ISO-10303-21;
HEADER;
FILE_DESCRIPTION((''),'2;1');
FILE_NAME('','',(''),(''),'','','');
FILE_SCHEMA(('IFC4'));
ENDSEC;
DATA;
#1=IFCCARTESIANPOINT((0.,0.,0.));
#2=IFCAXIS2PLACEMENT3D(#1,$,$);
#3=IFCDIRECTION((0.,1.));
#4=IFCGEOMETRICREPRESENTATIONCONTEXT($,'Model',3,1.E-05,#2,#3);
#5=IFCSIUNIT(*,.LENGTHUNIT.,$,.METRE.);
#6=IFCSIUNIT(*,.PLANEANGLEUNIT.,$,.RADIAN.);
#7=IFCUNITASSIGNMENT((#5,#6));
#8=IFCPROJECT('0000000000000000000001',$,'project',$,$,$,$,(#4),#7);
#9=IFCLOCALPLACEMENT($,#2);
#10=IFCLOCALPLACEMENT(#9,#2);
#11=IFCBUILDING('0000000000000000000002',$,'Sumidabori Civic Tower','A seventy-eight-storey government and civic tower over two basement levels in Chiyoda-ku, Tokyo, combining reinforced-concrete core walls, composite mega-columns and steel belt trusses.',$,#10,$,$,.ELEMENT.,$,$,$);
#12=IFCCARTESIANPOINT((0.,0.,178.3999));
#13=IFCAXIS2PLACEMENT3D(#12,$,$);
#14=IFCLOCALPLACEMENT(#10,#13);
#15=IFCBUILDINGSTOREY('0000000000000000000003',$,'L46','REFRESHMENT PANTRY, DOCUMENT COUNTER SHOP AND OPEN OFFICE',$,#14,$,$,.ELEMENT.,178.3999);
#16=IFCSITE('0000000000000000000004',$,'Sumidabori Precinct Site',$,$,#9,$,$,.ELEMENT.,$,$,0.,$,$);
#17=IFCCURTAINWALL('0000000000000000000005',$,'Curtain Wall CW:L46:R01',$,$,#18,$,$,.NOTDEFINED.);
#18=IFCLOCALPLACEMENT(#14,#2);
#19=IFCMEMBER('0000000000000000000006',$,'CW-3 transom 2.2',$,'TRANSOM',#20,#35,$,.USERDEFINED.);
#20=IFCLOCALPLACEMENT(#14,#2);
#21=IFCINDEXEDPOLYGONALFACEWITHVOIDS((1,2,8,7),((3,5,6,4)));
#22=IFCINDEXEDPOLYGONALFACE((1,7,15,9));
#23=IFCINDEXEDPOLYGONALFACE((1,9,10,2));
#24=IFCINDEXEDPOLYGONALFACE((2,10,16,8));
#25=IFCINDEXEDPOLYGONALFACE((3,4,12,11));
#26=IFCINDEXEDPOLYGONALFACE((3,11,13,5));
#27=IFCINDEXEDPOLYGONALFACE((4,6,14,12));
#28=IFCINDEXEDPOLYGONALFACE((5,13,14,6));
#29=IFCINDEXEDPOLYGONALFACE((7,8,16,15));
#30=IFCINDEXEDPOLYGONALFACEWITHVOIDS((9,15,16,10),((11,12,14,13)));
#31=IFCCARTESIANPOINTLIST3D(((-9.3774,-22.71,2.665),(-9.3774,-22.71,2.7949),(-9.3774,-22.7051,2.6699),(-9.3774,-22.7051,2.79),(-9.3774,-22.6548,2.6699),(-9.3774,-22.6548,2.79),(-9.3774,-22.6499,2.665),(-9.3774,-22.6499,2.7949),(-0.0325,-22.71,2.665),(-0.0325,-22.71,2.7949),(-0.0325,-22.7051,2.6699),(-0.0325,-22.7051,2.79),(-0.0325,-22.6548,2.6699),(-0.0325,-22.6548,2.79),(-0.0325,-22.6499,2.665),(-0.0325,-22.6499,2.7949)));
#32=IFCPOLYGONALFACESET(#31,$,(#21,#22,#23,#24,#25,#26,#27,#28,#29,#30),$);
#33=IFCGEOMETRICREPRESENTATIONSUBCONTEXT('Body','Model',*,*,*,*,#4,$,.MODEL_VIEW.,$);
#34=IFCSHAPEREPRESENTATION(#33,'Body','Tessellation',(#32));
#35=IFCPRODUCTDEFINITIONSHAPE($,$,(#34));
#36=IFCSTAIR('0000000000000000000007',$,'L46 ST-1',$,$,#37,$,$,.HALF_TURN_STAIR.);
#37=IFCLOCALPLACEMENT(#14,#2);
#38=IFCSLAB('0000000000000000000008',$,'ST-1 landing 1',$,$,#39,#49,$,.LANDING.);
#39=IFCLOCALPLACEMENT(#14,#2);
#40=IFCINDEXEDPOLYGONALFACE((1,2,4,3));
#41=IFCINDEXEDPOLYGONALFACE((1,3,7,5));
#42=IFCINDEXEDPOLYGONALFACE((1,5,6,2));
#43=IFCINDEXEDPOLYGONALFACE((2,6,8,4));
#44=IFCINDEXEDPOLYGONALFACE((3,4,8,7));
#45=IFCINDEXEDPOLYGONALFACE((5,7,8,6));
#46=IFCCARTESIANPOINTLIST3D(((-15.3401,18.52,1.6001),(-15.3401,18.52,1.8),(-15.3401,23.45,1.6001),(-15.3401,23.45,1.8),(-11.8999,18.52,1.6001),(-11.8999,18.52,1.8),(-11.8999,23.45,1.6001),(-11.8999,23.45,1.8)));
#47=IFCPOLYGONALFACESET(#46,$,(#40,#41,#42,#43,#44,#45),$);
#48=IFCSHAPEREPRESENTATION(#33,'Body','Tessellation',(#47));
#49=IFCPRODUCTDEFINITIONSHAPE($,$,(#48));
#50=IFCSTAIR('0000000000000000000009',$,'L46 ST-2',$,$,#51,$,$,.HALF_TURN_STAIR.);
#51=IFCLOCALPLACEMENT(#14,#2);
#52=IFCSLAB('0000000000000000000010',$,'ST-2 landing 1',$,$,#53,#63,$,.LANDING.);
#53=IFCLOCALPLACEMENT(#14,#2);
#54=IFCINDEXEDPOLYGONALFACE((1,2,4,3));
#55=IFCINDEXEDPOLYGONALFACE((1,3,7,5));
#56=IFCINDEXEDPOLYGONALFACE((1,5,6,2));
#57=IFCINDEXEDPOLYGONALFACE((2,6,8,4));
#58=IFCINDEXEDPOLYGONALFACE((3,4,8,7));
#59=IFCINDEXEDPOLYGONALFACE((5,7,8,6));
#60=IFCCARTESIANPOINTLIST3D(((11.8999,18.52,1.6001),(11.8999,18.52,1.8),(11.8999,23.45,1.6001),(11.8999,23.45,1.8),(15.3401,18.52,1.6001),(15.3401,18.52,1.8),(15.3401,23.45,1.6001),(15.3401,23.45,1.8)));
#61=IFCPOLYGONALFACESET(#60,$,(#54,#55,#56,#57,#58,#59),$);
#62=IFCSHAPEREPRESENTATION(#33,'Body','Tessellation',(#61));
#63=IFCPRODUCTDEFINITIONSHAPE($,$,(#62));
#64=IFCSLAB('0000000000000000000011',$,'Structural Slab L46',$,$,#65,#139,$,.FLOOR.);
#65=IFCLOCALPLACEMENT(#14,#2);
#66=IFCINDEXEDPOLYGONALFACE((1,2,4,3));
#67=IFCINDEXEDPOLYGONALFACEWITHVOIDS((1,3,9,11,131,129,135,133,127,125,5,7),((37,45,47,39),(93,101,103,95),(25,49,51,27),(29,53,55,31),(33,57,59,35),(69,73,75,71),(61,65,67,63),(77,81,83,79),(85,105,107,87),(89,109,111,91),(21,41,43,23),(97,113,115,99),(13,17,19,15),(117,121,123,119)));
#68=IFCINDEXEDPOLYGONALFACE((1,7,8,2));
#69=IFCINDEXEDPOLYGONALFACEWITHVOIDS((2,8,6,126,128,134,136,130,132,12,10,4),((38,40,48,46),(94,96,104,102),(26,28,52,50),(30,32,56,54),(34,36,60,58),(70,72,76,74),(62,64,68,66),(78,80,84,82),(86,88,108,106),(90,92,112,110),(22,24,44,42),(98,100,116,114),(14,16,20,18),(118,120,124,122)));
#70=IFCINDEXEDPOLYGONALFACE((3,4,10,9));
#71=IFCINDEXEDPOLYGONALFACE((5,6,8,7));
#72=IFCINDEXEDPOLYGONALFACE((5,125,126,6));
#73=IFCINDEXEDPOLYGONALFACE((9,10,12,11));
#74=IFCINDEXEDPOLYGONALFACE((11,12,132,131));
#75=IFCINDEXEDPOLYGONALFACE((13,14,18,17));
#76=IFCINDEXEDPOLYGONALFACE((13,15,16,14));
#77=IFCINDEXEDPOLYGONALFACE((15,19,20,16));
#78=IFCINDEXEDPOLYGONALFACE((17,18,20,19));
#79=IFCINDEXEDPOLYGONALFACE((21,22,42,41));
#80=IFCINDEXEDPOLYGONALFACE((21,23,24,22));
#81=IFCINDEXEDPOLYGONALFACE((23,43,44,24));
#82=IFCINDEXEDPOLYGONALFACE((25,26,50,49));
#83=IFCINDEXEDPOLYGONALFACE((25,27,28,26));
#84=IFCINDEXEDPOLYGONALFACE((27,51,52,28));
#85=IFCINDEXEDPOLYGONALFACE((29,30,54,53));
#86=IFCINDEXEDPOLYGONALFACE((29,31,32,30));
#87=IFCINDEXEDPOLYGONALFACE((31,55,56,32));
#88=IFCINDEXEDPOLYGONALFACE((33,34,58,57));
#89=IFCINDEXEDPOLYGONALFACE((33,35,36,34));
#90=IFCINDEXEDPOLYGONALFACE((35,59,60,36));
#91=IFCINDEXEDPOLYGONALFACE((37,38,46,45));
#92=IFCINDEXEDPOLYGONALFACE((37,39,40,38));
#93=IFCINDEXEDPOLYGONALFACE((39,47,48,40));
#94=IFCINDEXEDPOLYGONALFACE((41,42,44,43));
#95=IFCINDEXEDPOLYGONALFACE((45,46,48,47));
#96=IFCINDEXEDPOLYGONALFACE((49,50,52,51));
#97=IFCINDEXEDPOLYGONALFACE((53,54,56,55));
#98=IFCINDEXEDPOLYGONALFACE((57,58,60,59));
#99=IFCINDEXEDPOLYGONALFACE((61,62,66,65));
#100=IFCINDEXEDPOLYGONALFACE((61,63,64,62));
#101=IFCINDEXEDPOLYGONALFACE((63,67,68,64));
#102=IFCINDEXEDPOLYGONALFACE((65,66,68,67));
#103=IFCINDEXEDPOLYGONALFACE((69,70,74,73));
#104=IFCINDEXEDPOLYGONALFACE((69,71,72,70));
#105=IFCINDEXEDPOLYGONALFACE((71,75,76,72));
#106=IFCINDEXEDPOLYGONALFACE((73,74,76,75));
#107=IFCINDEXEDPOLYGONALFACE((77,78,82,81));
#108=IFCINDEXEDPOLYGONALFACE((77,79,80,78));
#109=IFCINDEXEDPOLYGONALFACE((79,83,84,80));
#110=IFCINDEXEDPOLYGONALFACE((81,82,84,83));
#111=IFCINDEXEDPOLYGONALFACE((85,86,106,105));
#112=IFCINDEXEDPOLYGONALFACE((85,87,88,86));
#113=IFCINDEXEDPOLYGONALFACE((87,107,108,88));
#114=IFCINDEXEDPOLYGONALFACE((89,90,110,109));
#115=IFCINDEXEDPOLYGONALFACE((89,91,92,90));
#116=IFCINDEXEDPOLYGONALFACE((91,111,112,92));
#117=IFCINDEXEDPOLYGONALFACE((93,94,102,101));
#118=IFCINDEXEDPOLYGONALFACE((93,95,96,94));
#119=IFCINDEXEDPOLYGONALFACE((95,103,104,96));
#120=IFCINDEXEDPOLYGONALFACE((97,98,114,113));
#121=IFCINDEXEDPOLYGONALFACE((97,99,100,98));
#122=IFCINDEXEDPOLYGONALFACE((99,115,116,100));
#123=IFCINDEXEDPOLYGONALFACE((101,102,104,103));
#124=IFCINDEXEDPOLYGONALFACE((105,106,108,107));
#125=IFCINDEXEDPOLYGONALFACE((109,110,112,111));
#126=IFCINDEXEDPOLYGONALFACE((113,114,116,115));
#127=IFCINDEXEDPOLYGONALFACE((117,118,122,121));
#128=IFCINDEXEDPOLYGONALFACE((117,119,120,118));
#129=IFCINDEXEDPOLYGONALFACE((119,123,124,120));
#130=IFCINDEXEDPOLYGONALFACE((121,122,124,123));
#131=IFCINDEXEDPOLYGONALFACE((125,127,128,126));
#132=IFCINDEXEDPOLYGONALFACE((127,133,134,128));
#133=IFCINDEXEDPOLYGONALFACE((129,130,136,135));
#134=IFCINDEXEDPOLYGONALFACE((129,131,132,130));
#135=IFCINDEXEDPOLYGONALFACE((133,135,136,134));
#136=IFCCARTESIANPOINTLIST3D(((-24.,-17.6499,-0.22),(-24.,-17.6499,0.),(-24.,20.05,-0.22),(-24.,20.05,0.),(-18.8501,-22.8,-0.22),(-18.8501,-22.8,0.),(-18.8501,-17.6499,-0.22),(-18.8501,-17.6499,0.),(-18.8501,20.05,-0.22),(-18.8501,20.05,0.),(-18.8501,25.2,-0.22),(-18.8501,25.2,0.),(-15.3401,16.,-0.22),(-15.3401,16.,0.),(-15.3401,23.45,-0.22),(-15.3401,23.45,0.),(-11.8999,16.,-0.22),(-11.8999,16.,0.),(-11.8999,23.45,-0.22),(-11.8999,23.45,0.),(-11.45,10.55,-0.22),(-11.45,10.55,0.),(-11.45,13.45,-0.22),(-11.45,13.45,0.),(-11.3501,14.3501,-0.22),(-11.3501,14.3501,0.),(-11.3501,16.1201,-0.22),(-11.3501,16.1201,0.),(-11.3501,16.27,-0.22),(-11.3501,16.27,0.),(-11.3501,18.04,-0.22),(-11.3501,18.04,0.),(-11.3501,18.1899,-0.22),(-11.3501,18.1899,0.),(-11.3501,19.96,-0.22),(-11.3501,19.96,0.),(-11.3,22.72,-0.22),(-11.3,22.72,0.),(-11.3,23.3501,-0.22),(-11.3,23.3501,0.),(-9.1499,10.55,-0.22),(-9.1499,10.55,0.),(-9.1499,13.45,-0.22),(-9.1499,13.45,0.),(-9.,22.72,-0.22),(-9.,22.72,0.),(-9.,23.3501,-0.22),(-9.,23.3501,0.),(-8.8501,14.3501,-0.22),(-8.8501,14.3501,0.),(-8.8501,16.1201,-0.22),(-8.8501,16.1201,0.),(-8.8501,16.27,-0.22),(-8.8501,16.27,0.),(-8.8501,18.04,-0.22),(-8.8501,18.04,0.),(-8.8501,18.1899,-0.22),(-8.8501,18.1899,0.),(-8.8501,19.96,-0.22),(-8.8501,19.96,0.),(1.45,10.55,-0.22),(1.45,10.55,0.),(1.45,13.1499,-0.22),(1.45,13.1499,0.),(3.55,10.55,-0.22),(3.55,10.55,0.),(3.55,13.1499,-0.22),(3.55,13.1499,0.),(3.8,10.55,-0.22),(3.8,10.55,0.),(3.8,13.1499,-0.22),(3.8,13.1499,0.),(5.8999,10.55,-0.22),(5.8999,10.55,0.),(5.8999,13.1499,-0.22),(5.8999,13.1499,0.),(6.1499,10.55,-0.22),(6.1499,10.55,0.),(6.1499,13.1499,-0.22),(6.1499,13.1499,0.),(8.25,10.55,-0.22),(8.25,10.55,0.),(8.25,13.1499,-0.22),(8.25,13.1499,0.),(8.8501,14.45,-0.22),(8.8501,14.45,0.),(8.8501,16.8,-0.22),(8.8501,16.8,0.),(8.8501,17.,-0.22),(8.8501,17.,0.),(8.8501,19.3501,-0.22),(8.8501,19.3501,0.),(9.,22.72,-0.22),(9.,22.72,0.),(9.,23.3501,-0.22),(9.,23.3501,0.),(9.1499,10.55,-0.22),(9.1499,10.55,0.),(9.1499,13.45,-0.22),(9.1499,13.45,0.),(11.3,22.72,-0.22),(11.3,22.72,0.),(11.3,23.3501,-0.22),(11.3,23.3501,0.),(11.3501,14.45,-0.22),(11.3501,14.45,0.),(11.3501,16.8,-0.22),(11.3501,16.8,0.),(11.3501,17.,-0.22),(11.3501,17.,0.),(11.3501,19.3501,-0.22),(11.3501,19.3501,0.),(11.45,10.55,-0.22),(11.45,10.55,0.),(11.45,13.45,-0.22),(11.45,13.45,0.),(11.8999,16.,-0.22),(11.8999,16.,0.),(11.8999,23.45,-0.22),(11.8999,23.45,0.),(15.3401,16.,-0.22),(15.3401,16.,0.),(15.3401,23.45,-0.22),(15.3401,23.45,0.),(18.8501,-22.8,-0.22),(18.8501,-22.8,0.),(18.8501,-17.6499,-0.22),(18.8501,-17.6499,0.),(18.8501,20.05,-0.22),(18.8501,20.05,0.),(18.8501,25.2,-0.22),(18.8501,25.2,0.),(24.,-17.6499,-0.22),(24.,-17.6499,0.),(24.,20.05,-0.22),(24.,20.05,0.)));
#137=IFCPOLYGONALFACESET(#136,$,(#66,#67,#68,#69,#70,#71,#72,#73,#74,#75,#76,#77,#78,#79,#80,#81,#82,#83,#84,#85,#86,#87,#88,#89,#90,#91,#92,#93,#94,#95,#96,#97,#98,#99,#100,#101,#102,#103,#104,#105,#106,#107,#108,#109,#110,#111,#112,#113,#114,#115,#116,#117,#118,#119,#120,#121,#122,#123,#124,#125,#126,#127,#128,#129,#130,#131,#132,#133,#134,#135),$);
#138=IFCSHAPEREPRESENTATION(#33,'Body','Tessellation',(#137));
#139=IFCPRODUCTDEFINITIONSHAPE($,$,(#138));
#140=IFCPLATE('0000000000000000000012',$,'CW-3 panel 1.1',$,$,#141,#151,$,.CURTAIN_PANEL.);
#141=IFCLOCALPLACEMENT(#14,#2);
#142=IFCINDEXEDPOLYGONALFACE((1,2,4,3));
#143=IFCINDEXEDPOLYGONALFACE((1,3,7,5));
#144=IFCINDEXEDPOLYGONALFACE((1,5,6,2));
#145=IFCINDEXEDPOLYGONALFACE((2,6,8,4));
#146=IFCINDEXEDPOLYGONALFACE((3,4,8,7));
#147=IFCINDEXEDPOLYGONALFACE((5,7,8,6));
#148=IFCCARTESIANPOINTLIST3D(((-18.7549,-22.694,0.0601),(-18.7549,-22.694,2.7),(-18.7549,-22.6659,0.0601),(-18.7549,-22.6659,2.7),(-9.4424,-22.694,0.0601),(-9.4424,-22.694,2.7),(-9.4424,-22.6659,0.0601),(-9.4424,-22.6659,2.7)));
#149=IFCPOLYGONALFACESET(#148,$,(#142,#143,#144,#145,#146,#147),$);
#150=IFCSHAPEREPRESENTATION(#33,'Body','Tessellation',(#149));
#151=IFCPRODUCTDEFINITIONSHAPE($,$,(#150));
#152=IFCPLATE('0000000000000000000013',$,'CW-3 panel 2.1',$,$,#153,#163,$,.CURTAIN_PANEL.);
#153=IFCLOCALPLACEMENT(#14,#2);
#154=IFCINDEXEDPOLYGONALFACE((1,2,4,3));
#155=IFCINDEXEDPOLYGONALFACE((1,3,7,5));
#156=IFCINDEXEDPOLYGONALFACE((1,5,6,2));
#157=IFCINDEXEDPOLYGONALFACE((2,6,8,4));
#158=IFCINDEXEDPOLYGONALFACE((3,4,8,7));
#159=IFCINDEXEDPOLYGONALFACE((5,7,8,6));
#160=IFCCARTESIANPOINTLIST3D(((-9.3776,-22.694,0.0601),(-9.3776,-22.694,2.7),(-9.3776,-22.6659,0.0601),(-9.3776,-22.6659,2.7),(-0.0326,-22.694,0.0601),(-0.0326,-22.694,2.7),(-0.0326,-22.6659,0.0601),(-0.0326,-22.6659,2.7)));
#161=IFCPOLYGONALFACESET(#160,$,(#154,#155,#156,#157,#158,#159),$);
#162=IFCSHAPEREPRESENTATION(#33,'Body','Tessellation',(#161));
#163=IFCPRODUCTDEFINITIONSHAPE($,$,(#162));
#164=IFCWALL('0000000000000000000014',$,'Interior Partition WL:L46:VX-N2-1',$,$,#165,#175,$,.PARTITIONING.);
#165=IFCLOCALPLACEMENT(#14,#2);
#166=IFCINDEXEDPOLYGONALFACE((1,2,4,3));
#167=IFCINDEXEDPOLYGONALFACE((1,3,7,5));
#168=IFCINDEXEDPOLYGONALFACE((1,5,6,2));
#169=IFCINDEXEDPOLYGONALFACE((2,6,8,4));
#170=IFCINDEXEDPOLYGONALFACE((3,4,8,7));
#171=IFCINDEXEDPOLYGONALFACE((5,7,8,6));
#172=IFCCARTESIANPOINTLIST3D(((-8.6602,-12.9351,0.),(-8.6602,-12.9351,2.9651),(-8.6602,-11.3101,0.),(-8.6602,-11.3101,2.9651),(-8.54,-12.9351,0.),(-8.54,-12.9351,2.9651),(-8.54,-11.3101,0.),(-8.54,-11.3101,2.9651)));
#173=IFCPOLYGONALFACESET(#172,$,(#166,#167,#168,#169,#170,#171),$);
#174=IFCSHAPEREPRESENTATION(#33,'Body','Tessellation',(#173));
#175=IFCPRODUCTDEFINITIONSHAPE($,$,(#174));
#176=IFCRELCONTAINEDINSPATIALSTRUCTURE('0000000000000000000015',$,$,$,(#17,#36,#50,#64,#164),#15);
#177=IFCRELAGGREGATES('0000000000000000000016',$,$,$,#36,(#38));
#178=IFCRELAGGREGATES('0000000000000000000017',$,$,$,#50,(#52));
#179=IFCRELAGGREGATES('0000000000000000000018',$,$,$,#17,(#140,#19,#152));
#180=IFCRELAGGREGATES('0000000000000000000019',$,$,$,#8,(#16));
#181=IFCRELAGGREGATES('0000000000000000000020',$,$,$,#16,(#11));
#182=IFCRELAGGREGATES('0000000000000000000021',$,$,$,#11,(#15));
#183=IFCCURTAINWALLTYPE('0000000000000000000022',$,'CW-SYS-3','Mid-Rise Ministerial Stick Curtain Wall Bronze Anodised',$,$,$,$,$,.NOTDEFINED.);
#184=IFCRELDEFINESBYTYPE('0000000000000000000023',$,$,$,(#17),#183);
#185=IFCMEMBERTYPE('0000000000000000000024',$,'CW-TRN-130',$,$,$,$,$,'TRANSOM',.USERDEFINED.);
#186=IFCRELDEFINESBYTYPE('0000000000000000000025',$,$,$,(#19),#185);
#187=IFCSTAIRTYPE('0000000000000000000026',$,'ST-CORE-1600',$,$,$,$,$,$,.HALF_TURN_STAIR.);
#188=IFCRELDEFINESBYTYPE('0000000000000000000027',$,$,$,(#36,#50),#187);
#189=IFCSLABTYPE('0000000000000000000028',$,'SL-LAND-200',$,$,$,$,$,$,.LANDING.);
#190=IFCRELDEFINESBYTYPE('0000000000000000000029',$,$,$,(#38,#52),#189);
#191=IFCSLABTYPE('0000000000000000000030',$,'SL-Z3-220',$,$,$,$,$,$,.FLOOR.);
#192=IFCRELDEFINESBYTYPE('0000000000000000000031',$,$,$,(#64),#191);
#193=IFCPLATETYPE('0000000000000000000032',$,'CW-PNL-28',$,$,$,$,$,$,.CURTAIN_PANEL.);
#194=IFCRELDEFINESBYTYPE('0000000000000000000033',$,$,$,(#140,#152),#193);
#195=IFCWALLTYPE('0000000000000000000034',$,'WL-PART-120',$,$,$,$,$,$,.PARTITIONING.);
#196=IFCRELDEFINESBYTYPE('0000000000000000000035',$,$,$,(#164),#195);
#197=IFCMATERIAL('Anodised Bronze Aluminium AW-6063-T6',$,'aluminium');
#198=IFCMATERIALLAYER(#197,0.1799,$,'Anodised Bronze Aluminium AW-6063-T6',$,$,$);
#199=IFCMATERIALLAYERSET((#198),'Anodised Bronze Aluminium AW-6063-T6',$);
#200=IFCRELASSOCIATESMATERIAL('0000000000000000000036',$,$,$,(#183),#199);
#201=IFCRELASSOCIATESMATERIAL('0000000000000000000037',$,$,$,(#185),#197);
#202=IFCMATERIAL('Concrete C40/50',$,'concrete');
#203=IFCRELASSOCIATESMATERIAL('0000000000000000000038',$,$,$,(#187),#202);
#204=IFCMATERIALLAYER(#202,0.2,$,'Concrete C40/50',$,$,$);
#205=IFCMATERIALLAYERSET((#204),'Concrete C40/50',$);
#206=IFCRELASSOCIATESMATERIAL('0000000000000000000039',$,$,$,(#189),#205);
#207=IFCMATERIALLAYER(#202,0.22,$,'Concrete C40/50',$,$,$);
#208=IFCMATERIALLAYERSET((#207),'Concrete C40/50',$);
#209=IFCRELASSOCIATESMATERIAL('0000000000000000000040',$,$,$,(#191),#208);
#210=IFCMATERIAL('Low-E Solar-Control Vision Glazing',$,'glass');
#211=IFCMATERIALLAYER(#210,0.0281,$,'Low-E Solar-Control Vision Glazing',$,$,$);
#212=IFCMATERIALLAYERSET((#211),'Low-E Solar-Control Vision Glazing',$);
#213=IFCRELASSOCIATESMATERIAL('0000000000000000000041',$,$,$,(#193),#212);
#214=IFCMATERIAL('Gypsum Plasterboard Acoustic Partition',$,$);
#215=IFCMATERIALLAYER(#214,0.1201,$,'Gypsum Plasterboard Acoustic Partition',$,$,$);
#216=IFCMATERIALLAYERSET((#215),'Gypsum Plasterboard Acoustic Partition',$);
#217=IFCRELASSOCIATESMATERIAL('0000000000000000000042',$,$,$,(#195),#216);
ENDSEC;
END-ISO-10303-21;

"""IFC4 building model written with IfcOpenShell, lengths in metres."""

from ifc_helpers import new_model, si_unit, direction, frame, frame_2d, origin, origin_2d, place, context, subcontext, project, spatial, polyline, rectangle, hollow_rectangle, outline, extrude, source, transform, mapped, material, layer, layer_set, material_profile, profile_set, type_object, element, aggregate, save


model = new_model("IFC4")

# Units and contexts
model_context = context("Model", 3, precision=1e-05, world=origin(), true_north=direction((0.0, 1.0)))
body_context = subcontext(model_context, "Body", "Model", "MODEL_VIEW")
ifc_project = project(units=[si_unit("LENGTHUNIT", "METRE"), si_unit("PLANEANGLEUNIT", "RADIAN")], contexts=[model_context])

# Site, building, storey
site_placement = place(None, origin())
site = spatial("IfcSite", under=ifc_project, at=site_placement, Name="Sumidabori Precinct Site", CompositionType="ELEMENT", RefElevation=0.0)
building_placement = place(site_placement, origin())
building = spatial("IfcBuilding", under=site, at=building_placement, Name="Sumidabori Civic Tower", Description="A seventy-eight-storey government and civic tower over two basement levels in Chiyoda-ku, Tokyo, combining reinforced-concrete core walls, composite mega-columns and steel belt trusses.", CompositionType="ELEMENT")
storey_placement = place(building_placement, frame((0.0, 0.0, 178.3999)))
storey = spatial("IfcBuildingStorey", under=building, at=storey_placement, Name="L46", Description="REFRESHMENT PANTRY, DOCUMENT COUNTER SHOP AND OPEN OFFICE", CompositionType="ELEMENT", Elevation=178.3999)

# Curtain wall, member
ifc_material_1 = material(Name="Anodised Bronze Aluminium AW-6063-T6", Category="aluminium")
ifc_layer_1 = layer(ifc_material_1, 0.1799, Name="Anodised Bronze Aluminium AW-6063-T6")
ifc_layer_set_1 = layer_set([ifc_layer_1], Name="Anodised Bronze Aluminium AW-6063-T6")
curtain_wall_type = type_object("IfcCurtainWallType", Name="CW-SYS-3", Description="Mid-Rise Ministerial Stick Curtain Wall Bronze Anodised", PredefinedType="NOTDEFINED", material=ifc_layer_set_1)
curtain_wall_placement = place(storey_placement, origin())
curtain_wall = element("IfcCurtainWall", 1, at=curtain_wall_placement, inside=storey, type_object=curtain_wall_type, Name="Curtain Wall CW:L46:R01", PredefinedType="NOTDEFINED")
ifc_material_profile_1 = material_profile(ifc_material_1, hollow_rectangle(XDim=0.0601, YDim=0.1299, WallThickness=0.0049, at=origin_2d()), Name="ALU TRANSOM 130x60")
ifc_profile_set_1 = profile_set([ifc_material_profile_1], Name="Anodised Bronze Aluminium AW-6063-T6")
member_type_1 = type_object("IfcMemberType", Name="CW-TRN-130", ElementType="TRANSOM", PredefinedType="USERDEFINED", material=ifc_profile_set_1)
shared_shape_1 = source(origin(), body_context, "Body", "SweptSolid", [
    extrude(hollow_rectangle(XDim=0.0601, YDim=0.1299, WallThickness=0.0049, at=origin_2d()), origin(), (0.0, 0.0, 1.0), 9.345),
])
member_1_placement = place(storey_placement, frame((-9.3774, -22.6799, 2.73), z_axis=(1.0, 0.0, 0.0), x_axis=(0.0, 1.0, 0.0)))
member_1 = element("IfcMember", 2, at=member_1_placement, type_object=member_type_1, Name="CW-3 transom 2.2", ObjectType="TRANSOM", PredefinedType="USERDEFINED", context=body_context, shape_type="MappedRepresentation", body=[
    mapped(shared_shape_1, transform((0.0, 0.0, 0.0), x_axis=(1.0, 0.0, 0.0), y_axis=(0.0, 1.0, 0.0), z_axis=(0.0, 0.0, 1.0), scale=1.0)),
])

# Stairs, slabs
ifc_material_2 = material(Name="Concrete C40/50", Category="concrete")
stair_type = type_object("IfcStairType", Name="ST-CORE-1600", PredefinedType="HALF_TURN_STAIR", material=ifc_material_2)
stair_1_placement = place(storey_placement, origin())
stair_1 = element("IfcStair", 3, at=stair_1_placement, inside=storey, type_object=stair_type, Name="L46 ST-1", PredefinedType="HALF_TURN_STAIR")
ifc_layer_2 = layer(ifc_material_2, 0.2, Name="Concrete C40/50")
ifc_layer_set_2 = layer_set([ifc_layer_2], Name="Concrete C40/50")
slab_type_1 = type_object("IfcSlabType", Name="SL-LAND-200", PredefinedType="LANDING", material=ifc_layer_set_2)
slab_1_placement = place(storey_placement, frame((0.0, 0.0, 1.6001)))
slab_1 = element("IfcSlab", 4, at=slab_1_placement, type_object=slab_type_1, Name="ST-1 landing 1", PredefinedType="LANDING", context=body_context, shape_type="SweptSolid", body=[
    extrude(outline(polyline([(-11.8999, 18.52), (-11.8999, 23.45), (-15.3401, 23.45), (-15.3401, 18.52), (-11.8999, 18.52)])), origin(), (0.0, 0.0, 1.0), 0.2),
])
aggregate(stair_1, [slab_1])
stair_2_placement = place(storey_placement, origin())
stair_2 = element("IfcStair", 5, at=stair_2_placement, inside=storey, type_object=stair_type, Name="L46 ST-2", PredefinedType="HALF_TURN_STAIR")
slab_2_placement = place(storey_placement, frame((0.0, 0.0, 1.6001)))
slab_2 = element("IfcSlab", 6, at=slab_2_placement, type_object=slab_type_1, Name="ST-2 landing 1", PredefinedType="LANDING", context=body_context, shape_type="SweptSolid", body=[
    extrude(outline(polyline([(15.3401, 18.52), (15.3401, 23.45), (11.8999, 23.45), (11.8999, 18.52), (15.3401, 18.52)])), origin(), (0.0, 0.0, 1.0), 0.2),
])
aggregate(stair_2, [slab_2])

# Slab
ifc_layer_3 = layer(ifc_material_2, 0.22, Name="Concrete C40/50")
ifc_layer_set_3 = layer_set([ifc_layer_3], Name="Concrete C40/50")
slab_type_2 = type_object("IfcSlabType", Name="SL-Z3-220", PredefinedType="FLOOR", material=ifc_layer_set_3)
slab_3_placement = place(storey_placement, frame((0.0, 0.0, -0.22)))
element("IfcSlab", 7, at=slab_3_placement, inside=storey, type_object=slab_type_2, Name="Structural Slab L46", PredefinedType="FLOOR", context=body_context, shape_type="SweptSolid", body=[
    extrude(outline(polyline([(-18.8501, -22.8), (18.8501, -22.8), (18.8501, -17.6499), (24.0, -17.6499), (24.0, 20.05), (18.8501, 20.05), (18.8501, 25.2), (-18.8501, 25.2), (-18.8501, 20.05), (-24.0, 20.05), (-24.0, -17.6499), (-18.8501, -17.6499), (-18.8501, -22.8)]), holes=[polyline([(-11.8999, 16.0), (-11.8999, 23.45), (-15.3401, 23.45), (-15.3401, 16.0), (-11.8999, 16.0)]), polyline([(15.3401, 16.0), (15.3401, 23.45), (11.8999, 23.45), (11.8999, 16.0), (15.3401, 16.0)]), polyline([(-11.45, 10.55), (-9.1499, 10.55), (-9.1499, 13.45), (-11.45, 13.45), (-11.45, 10.55)]), polyline([(9.1499, 10.55), (11.45, 10.55), (11.45, 13.45), (9.1499, 13.45), (9.1499, 10.55)]), polyline([(1.45, 10.55), (3.55, 10.55), (3.55, 13.1499), (1.45, 13.1499), (1.45, 10.55)]), polyline([(3.8, 10.55), (5.8999, 10.55), (5.8999, 13.1499), (3.8, 13.1499), (3.8, 10.55)]), polyline([(6.1499, 10.55), (8.25, 10.55), (8.25, 13.1499), (6.1499, 13.1499), (6.1499, 10.55)]), polyline([(-11.3501, 14.3501), (-8.8501, 14.3501), (-8.8501, 16.1201), (-11.3501, 16.1201), (-11.3501, 14.3501)]), polyline([(-11.3501, 16.27), (-8.8501, 16.27), (-8.8501, 18.04), (-11.3501, 18.04), (-11.3501, 16.27)]), polyline([(-11.3501, 18.1899), (-8.8501, 18.1899), (-8.8501, 19.96), (-11.3501, 19.96), (-11.3501, 18.1899)]), polyline([(8.8501, 14.45), (11.3501, 14.45), (11.3501, 16.8), (8.8501, 16.8), (8.8501, 14.45)]), polyline([(8.8501, 17.0), (11.3501, 17.0), (11.3501, 19.3501), (8.8501, 19.3501), (8.8501, 17.0)]), polyline([(-11.3, 22.72), (-9.0, 22.72), (-9.0, 23.3501), (-11.3, 23.3501), (-11.3, 22.72)]), polyline([(9.0, 22.72), (11.3, 22.72), (11.3, 23.3501), (9.0, 23.3501), (9.0, 22.72)])]), origin(), (0.0, 0.0, 1.0), 0.22),
])

# Plates
ifc_material_3 = material(Name="Low-E Solar-Control Vision Glazing", Category="glass")
ifc_layer_4 = layer(ifc_material_3, 0.0281, Name="Low-E Solar-Control Vision Glazing")
ifc_layer_set_4 = layer_set([ifc_layer_4], Name="Low-E Solar-Control Vision Glazing")
plate_type = type_object("IfcPlateType", Name="CW-PNL-28", PredefinedType="CURTAIN_PANEL", material=ifc_layer_set_4)
shared_shape_2 = source(origin(), body_context, "Body", "SweptSolid", [
    extrude(rectangle(XDim=9.3125, YDim=0.0281, at=origin_2d()), origin(), (0.0, 0.0, 1.0), 2.6399),
])
plate_1_placement = place(storey_placement, frame((-14.0986, -22.6799, 0.0601), z_axis=(0.0, 0.0, 1.0), x_axis=(1.0, 0.0, 0.0)))
plate_1 = element("IfcPlate", 8, at=plate_1_placement, type_object=plate_type, Name="CW-3 panel 1.1", PredefinedType="CURTAIN_PANEL", context=body_context, shape_type="MappedRepresentation", body=[
    mapped(shared_shape_2, transform((0.0, 0.0, 0.0), x_axis=(1.0, 0.0, 0.0), y_axis=(0.0, 1.0, 0.0), z_axis=(0.0, 0.0, 1.0), scale=1.0)),
])
shared_shape_3 = source(origin(), body_context, "Body", "SweptSolid", [
    extrude(rectangle(XDim=9.345, YDim=0.0281, at=origin_2d()), origin(), (0.0, 0.0, 1.0), 2.6399),
])
plate_2_placement = place(storey_placement, frame((-4.7051, -22.6799, 0.0601), z_axis=(0.0, 0.0, 1.0), x_axis=(1.0, 0.0, 0.0)))
plate_2 = element("IfcPlate", 9, at=plate_2_placement, type_object=plate_type, Name="CW-3 panel 2.1", PredefinedType="CURTAIN_PANEL", context=body_context, shape_type="MappedRepresentation", body=[
    mapped(shared_shape_3, transform((0.0, 0.0, 0.0), x_axis=(1.0, 0.0, 0.0), y_axis=(0.0, 1.0, 0.0), z_axis=(0.0, 0.0, 1.0), scale=1.0)),
])
aggregate(curtain_wall, [plate_1, member_1, plate_2])

# Wall
ifc_material_4 = material(Name="Gypsum Plasterboard Acoustic Partition")
ifc_layer_5 = layer(ifc_material_4, 0.1201, Name="Gypsum Plasterboard Acoustic Partition")
ifc_layer_set_5 = layer_set([ifc_layer_5], Name="Gypsum Plasterboard Acoustic Partition")
wall_type = type_object("IfcWallType", Name="WL-PART-120", PredefinedType="PARTITIONING", material=ifc_layer_set_5)
shared_shape_4 = source(origin(), body_context, "Body", "SweptSolid", [
    extrude(rectangle(XDim=1.625, YDim=0.1201, at=frame_2d((0.8125, 0.0))), origin(), (0.0, 0.0, 1.0), 2.9651),
])
for number, where, z_axis, x_axis, name in (
    (10, (-8.6001, -12.9351, 0.0), (0.0, 0.0, 1.0), (0.0, 1.0, 0.0), "Interior Partition WL:L46:VX-N2-1"),
):
    element("IfcWall", number, at=place(storey_placement, frame(where, z_axis=z_axis, x_axis=x_axis)), inside=storey, type_object=wall_type, Name=name, PredefinedType="PARTITIONING", context=body_context, shape_type="MappedRepresentation", body=[
        mapped(shared_shape_4, transform((0.0, 0.0, 0.0), x_axis=(1.0, 0.0, 0.0), y_axis=(0.0, 1.0, 0.0), z_axis=(0.0, 0.0, 1.0), scale=1.0)),
    ])

save(model, "model.ifc")
